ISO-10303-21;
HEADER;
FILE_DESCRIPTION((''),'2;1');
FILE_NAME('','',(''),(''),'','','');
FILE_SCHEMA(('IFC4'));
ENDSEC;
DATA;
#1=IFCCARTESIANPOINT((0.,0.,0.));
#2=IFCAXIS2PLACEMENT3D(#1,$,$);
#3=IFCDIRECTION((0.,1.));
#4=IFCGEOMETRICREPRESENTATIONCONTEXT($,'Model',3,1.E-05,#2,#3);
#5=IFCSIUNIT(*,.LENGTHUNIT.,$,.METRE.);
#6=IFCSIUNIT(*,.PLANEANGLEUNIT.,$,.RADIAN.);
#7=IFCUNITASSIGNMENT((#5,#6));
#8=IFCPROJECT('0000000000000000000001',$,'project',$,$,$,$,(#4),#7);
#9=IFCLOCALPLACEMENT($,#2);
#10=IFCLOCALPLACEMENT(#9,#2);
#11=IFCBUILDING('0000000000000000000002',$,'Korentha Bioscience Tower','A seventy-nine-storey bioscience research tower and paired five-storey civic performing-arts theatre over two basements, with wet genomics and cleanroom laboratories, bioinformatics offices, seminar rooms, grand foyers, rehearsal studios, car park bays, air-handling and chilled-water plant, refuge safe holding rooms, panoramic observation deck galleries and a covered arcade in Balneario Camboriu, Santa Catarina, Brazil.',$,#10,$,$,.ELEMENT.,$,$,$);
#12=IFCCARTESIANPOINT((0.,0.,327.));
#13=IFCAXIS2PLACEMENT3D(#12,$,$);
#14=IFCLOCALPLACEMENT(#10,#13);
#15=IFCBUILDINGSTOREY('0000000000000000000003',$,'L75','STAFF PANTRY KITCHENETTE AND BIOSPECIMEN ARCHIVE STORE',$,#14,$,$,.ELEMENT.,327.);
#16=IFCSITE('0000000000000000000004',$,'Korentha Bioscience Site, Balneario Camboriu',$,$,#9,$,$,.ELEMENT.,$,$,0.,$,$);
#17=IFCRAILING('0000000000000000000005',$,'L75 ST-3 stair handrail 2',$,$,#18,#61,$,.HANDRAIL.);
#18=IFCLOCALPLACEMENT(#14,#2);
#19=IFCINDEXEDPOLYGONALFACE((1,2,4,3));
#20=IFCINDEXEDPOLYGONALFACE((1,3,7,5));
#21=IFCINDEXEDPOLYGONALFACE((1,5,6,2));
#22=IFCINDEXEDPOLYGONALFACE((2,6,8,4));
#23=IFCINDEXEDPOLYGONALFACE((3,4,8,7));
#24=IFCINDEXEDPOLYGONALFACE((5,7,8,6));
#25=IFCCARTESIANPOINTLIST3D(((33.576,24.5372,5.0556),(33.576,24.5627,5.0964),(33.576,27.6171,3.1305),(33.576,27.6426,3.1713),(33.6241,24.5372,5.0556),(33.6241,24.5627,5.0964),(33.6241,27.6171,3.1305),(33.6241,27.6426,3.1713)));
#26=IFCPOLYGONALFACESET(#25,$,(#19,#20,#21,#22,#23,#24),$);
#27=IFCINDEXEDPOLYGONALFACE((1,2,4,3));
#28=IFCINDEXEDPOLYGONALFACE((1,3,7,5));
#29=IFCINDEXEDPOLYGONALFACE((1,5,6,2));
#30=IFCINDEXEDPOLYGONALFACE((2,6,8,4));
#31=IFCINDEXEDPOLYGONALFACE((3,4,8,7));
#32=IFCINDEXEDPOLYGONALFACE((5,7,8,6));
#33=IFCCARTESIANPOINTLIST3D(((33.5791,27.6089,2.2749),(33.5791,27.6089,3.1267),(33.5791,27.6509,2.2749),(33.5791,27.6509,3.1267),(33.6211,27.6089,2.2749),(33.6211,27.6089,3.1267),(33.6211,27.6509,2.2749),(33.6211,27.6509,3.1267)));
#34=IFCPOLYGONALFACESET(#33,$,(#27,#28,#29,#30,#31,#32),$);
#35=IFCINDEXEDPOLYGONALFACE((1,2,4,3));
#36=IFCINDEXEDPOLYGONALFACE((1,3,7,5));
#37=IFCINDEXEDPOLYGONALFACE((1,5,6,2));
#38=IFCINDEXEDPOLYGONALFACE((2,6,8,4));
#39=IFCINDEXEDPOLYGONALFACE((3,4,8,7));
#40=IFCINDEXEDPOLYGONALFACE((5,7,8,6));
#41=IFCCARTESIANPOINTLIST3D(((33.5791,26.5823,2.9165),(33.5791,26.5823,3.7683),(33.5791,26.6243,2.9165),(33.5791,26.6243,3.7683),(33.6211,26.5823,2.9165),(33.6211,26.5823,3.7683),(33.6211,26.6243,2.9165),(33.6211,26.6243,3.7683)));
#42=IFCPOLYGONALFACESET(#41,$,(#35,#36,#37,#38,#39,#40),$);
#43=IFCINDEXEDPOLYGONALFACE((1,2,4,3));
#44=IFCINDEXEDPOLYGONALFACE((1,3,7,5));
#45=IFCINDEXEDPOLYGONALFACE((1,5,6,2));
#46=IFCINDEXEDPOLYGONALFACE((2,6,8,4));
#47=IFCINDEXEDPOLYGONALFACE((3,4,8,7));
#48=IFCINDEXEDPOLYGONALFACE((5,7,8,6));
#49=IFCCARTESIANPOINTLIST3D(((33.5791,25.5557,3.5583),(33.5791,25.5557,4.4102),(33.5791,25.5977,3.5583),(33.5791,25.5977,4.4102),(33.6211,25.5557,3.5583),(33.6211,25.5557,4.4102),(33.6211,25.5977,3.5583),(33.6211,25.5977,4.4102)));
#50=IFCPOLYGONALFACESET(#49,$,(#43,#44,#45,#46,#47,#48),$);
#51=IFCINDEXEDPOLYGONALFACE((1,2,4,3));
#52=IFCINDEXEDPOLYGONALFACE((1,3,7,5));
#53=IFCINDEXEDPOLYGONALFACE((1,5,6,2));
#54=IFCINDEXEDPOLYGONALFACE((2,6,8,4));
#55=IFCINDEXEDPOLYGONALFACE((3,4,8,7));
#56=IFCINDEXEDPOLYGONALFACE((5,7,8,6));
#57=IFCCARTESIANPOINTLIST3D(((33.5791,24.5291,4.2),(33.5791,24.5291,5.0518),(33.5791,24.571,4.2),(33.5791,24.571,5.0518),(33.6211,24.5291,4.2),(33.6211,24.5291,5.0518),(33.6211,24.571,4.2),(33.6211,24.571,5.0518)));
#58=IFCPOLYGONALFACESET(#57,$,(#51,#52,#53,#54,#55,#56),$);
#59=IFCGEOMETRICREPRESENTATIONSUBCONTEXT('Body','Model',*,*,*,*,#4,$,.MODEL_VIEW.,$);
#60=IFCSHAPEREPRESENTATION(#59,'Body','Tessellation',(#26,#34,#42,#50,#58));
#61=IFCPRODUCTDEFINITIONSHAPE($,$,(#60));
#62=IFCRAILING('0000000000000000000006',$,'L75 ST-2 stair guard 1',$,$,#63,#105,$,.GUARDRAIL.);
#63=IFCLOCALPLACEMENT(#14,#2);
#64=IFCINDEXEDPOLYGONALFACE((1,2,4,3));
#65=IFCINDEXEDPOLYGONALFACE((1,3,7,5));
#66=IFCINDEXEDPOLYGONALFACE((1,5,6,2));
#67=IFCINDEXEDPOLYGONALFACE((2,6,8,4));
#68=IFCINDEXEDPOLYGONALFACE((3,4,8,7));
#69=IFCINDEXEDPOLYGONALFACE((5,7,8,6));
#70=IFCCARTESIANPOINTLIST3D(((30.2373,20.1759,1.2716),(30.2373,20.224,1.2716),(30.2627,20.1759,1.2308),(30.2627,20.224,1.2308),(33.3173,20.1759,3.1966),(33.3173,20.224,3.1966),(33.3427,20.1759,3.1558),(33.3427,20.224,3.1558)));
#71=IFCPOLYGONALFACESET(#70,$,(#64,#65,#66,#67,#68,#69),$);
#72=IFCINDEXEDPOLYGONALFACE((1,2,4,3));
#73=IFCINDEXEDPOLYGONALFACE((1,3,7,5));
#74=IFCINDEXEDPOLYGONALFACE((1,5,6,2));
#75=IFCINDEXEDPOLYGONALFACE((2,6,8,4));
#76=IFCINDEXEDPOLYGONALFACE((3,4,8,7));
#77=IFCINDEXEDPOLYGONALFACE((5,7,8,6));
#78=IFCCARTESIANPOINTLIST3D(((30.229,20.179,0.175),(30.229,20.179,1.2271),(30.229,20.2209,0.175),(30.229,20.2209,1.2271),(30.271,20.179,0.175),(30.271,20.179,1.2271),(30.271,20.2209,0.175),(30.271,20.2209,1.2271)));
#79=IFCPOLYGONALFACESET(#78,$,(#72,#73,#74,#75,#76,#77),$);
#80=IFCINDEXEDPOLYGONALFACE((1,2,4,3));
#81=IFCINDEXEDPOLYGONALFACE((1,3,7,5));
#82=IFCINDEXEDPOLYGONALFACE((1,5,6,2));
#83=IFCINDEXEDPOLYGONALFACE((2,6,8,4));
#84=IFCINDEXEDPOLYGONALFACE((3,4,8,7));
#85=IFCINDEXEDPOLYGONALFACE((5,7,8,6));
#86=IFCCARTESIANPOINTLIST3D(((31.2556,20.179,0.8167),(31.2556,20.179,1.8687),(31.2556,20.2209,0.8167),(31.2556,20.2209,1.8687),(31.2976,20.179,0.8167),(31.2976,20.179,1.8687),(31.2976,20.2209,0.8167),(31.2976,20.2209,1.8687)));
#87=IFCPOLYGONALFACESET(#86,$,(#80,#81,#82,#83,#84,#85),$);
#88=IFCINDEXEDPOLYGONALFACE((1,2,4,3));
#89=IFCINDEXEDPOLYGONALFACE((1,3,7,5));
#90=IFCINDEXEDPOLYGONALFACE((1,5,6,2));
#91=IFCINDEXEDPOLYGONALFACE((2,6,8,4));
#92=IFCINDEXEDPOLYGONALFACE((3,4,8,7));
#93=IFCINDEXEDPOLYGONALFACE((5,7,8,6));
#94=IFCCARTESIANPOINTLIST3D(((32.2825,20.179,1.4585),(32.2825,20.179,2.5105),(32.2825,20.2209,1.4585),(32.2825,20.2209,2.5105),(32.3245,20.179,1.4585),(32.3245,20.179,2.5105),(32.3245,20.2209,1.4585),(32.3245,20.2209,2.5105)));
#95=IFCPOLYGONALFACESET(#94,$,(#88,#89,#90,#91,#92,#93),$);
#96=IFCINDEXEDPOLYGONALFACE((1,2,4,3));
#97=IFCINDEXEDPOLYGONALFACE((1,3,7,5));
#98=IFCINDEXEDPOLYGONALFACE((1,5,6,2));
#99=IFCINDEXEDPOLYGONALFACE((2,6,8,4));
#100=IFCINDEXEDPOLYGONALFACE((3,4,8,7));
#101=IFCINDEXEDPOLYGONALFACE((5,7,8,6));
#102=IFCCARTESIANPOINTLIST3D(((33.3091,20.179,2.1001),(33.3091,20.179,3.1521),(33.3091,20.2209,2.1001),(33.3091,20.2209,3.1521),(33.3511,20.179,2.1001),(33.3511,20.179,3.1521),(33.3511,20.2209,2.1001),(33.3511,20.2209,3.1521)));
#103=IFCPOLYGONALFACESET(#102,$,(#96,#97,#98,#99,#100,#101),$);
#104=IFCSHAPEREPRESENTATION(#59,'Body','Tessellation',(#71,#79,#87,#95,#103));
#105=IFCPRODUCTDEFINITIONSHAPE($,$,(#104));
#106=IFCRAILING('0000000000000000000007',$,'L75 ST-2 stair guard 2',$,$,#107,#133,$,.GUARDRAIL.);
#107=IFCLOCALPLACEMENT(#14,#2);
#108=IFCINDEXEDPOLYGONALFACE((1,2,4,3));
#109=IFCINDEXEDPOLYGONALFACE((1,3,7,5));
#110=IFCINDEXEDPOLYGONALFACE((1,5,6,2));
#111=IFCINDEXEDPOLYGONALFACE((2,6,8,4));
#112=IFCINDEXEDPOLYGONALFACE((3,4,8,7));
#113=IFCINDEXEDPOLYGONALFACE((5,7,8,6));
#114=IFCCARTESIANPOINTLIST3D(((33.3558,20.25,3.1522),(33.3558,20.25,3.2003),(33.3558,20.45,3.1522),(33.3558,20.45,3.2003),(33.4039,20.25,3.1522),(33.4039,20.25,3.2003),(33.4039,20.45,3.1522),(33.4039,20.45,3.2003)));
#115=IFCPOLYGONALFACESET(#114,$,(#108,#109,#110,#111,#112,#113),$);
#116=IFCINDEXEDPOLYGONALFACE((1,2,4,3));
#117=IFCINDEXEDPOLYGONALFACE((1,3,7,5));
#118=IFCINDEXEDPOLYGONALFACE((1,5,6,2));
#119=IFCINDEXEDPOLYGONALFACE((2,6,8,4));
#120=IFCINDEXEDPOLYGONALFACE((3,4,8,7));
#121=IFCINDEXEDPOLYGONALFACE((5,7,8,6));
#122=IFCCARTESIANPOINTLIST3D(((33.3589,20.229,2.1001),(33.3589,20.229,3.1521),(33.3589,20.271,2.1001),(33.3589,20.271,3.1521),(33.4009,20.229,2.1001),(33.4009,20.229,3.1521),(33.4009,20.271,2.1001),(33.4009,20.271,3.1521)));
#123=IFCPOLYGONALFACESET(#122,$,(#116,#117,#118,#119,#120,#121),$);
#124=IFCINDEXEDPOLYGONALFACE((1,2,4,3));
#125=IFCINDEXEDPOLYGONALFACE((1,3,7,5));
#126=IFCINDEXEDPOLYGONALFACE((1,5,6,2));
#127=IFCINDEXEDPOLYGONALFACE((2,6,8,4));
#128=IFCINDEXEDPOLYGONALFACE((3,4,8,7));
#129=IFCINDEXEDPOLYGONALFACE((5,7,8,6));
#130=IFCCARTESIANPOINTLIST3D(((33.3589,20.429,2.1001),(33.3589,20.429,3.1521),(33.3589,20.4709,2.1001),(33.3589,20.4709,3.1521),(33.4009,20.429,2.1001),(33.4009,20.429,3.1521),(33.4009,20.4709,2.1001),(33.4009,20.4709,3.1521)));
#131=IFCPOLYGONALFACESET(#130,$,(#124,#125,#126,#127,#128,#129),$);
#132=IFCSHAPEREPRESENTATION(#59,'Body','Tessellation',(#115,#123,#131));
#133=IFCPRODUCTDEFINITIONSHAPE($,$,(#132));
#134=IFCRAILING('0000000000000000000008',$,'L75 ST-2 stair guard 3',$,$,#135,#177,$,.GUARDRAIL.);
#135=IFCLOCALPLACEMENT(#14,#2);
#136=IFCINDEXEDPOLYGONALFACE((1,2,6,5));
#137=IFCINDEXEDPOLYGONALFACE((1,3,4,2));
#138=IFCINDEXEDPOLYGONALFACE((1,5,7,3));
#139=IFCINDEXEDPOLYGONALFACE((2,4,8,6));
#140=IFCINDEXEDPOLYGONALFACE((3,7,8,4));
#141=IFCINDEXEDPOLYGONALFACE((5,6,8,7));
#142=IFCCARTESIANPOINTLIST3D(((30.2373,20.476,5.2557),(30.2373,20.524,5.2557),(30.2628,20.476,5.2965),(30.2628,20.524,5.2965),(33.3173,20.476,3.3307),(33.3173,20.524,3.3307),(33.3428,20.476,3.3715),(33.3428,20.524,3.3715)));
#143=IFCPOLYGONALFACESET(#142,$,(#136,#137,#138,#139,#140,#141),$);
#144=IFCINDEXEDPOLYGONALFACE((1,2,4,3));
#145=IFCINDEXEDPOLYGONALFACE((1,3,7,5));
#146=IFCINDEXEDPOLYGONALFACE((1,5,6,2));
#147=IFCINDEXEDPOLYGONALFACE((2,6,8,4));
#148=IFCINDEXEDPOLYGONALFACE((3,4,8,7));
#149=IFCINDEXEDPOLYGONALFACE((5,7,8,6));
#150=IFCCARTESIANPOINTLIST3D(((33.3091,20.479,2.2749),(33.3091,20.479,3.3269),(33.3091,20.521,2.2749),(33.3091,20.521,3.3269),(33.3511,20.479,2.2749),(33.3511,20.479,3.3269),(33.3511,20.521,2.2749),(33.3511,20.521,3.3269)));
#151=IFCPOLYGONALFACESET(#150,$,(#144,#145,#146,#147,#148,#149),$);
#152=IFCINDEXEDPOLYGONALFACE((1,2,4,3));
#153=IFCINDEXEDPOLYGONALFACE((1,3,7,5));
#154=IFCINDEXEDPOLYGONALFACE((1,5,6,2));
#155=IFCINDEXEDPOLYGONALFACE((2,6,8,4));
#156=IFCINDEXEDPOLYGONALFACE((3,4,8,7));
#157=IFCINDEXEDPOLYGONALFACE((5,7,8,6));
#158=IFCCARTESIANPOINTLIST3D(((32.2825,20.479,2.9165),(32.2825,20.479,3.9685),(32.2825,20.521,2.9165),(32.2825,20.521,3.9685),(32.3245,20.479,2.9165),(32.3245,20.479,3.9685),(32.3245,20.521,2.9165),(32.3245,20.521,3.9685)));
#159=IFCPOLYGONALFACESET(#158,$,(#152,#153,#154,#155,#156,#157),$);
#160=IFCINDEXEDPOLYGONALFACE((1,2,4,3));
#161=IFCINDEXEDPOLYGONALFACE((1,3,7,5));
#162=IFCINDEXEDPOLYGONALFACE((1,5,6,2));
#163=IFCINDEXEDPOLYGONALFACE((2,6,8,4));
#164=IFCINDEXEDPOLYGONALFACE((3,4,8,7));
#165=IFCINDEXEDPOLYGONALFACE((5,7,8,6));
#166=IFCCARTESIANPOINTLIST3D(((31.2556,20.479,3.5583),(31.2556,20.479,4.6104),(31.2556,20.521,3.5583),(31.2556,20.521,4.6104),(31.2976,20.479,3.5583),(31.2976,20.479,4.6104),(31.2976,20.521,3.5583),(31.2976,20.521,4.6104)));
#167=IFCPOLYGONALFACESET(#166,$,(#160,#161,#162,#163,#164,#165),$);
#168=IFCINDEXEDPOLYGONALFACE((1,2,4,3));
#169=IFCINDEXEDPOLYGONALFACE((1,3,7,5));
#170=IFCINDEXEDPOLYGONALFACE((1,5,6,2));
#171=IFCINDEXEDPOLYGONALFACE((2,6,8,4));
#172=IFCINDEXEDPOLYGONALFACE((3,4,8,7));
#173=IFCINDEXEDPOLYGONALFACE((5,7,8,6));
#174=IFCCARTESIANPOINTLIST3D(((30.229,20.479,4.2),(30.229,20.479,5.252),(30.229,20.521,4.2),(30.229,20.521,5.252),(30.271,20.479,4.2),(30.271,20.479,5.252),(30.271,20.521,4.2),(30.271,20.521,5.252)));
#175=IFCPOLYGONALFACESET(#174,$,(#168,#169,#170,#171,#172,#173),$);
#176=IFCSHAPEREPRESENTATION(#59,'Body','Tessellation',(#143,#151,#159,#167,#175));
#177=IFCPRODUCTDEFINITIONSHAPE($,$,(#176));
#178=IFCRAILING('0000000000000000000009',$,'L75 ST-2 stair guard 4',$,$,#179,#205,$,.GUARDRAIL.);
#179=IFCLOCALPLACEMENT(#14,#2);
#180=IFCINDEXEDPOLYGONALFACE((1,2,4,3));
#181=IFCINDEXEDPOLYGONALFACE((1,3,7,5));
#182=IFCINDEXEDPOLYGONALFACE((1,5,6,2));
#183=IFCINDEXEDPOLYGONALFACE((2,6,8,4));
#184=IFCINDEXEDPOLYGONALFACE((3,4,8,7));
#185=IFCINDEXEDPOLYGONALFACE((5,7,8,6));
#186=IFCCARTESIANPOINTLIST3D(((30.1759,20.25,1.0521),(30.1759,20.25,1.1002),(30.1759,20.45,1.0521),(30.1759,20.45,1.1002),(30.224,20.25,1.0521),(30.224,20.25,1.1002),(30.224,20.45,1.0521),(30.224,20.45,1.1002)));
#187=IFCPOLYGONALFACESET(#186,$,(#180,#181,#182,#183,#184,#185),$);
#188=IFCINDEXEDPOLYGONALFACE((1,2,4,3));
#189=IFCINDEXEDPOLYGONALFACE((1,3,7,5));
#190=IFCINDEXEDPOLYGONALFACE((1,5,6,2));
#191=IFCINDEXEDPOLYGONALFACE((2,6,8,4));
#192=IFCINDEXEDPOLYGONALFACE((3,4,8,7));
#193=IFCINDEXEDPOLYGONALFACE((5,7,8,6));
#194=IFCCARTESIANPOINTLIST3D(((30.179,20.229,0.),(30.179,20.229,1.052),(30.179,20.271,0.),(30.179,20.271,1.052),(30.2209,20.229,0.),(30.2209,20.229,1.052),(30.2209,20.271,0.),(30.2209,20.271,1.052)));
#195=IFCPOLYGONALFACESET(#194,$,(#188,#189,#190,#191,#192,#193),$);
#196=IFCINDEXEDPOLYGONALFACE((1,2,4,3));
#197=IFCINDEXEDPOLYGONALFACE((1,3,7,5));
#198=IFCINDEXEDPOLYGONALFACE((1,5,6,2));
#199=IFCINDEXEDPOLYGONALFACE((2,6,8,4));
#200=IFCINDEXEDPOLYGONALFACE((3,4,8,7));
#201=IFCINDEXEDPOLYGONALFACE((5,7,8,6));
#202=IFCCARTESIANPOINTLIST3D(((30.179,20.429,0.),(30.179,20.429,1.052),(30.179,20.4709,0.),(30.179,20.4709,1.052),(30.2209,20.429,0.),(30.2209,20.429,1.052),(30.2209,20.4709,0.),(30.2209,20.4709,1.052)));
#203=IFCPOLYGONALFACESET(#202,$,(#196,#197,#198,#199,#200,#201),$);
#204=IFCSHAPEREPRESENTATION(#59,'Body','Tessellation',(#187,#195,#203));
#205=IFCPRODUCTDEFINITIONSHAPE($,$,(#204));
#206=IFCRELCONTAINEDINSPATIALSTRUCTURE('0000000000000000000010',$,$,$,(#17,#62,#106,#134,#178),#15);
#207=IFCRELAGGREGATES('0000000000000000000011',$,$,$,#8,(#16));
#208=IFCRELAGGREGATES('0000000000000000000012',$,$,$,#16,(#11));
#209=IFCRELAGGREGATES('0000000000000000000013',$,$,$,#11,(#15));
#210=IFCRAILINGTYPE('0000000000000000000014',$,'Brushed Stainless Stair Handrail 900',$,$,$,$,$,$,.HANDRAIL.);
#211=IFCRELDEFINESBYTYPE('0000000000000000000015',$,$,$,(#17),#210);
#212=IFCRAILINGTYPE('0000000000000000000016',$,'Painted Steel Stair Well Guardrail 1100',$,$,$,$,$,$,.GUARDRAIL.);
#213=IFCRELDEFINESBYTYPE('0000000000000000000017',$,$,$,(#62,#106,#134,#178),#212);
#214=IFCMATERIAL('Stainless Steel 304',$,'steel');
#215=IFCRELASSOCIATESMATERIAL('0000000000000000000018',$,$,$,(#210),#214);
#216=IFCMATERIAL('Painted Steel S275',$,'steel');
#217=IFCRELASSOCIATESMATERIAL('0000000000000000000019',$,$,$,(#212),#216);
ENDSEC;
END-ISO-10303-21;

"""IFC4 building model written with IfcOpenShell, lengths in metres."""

from ifc_helpers import new_model, si_unit, direction, frame, origin, origin_2d, place, context, subcontext, project, spatial, rectangle, extrude, material, type_object, element, save


model = new_model("IFC4")

# Units and contexts
model_context = context("Model", 3, precision=1e-05, world=origin(), true_north=direction((0.0, 1.0)))
body_context = subcontext(model_context, "Body", "Model", "MODEL_VIEW")
ifc_project = project(units=[si_unit("LENGTHUNIT", "METRE"), si_unit("PLANEANGLEUNIT", "RADIAN")], contexts=[model_context])

# Site, building, storey
site_placement = place(None, origin())
site = spatial("IfcSite", under=ifc_project, at=site_placement, Name="Korentha Bioscience Site, Balneario Camboriu", CompositionType="ELEMENT", RefElevation=0.0)
building_placement = place(site_placement, origin())
building = spatial("IfcBuilding", under=site, at=building_placement, Name="Korentha Bioscience Tower", Description="A seventy-nine-storey bioscience research tower and paired five-storey civic performing-arts theatre over two basements, with wet genomics and cleanroom laboratories, bioinformatics offices, seminar rooms, grand foyers, rehearsal studios, car park bays, air-handling and chilled-water plant, refuge safe holding rooms, panoramic observation deck galleries and a covered arcade in Balneario Camboriu, Santa Catarina, Brazil.", CompositionType="ELEMENT")
storey_placement = place(building_placement, frame((0.0, 0.0, 327.0)))
storey = spatial("IfcBuildingStorey", under=building, at=storey_placement, Name="L75", Description="STAFF PANTRY KITCHENETTE AND BIOSPECIMEN ARCHIVE STORE", CompositionType="ELEMENT", Elevation=327.0)

# Railings
ifc_material_1 = material(Name="Stainless Steel 304", Category="steel")
railing_type_1 = type_object("IfcRailingType", Name="Brushed Stainless Stair Handrail 900", PredefinedType="HANDRAIL", material=ifc_material_1)
railing_1_placement = place(storey_placement, frame((33.6001, 27.6299, 2.2749)))
element("IfcRailing", 1, at=railing_1_placement, inside=storey, type_object=railing_type_1, Name="L75 ST-3 stair handrail 2", PredefinedType="HANDRAIL", context=body_context, shape_type="SweptSolid", body=[
    extrude(rectangle(XDim=0.0481, YDim=0.0481, at=origin_2d()), frame((0.0, 0.0, 0.876), z_axis=(0.0, -0.847979, 0.530029), x_axis=(1.0, 0.0, 0.0)), (0.0, 0.0, 1.0), 3.6321),
    extrude(rectangle(XDim=0.042, YDim=0.042, at=origin_2d()), origin(), (0.0, 0.0, 1.0), 0.8518),
    extrude(rectangle(XDim=0.042, YDim=0.042, at=origin_2d()), frame((0.0, -1.0266, 0.6416)), (0.0, 0.0, 1.0), 0.8518),
    extrude(rectangle(XDim=0.042, YDim=0.042, at=origin_2d()), frame((0.0, -2.0532, 1.2834)), (0.0, 0.0, 1.0), 0.8518),
    extrude(rectangle(XDim=0.042, YDim=0.042, at=origin_2d()), frame((0.0, -3.0798, 1.925)), (0.0, 0.0, 1.0), 0.8518),
])
ifc_material_2 = material(Name="Painted Steel S275", Category="steel")
railing_type_2 = type_object("IfcRailingType", Name="Painted Steel Stair Well Guardrail 1100", PredefinedType="GUARDRAIL", material=ifc_material_2)
railing_2_placement = place(storey_placement, frame((30.25, 20.2, 0.175)))
element("IfcRailing", 2, at=railing_2_placement, inside=storey, type_object=railing_type_2, Name="L75 ST-2 stair guard 1", PredefinedType="GUARDRAIL", context=body_context, shape_type="SweptSolid", body=[
    extrude(rectangle(XDim=0.0481, YDim=0.0481, at=origin_2d()), frame((0.0, 0.0, 1.0762), z_axis=(0.847998, 0.0, 0.529999), x_axis=(0.0, 1.0, 0.0)), (0.0, 0.0, 1.0), 3.6321),
    extrude(rectangle(XDim=0.042, YDim=0.042, at=origin_2d()), origin(), (0.0, 0.0, 1.0), 1.052),
    extrude(rectangle(XDim=0.042, YDim=0.042, at=origin_2d()), frame((1.0266, 0.0, 0.6416)), (0.0, 0.0, 1.0), 1.052),
    extrude(rectangle(XDim=0.042, YDim=0.042, at=origin_2d()), frame((2.0535, 0.0, 1.2834)), (0.0, 0.0, 1.0), 1.052),
    extrude(rectangle(XDim=0.042, YDim=0.042, at=origin_2d()), frame((3.0801, 0.0, 1.925)), (0.0, 0.0, 1.0), 1.052),
])
railing_3_placement = place(storey_placement, frame((33.3799, 20.25, 2.1001)))
element("IfcRailing", 3, at=railing_3_placement, inside=storey, type_object=railing_type_2, Name="L75 ST-2 stair guard 2", PredefinedType="GUARDRAIL", context=body_context, shape_type="SweptSolid", body=[
    extrude(rectangle(XDim=0.0481, YDim=0.0481, at=origin_2d()), frame((0.0, 0.0, 1.0762), z_axis=(0.0, 1.0, 0.0), x_axis=(-1.0, 0.0, 0.0)), (0.0, 0.0, 1.0), 0.2),
    extrude(rectangle(XDim=0.042, YDim=0.042, at=origin_2d()), origin(), (0.0, 0.0, 1.0), 1.052),
    extrude(rectangle(XDim=0.042, YDim=0.042, at=origin_2d()), frame((0.0, 0.2, 0.0)), (0.0, 0.0, 1.0), 1.052),
])
railing_4_placement = place(storey_placement, frame((33.3301, 20.5, 2.2749)))
element("IfcRailing", 4, at=railing_4_placement, inside=storey, type_object=railing_type_2, Name="L75 ST-2 stair guard 3", PredefinedType="GUARDRAIL", context=body_context, shape_type="SweptSolid", body=[
    extrude(rectangle(XDim=0.0481, YDim=0.0481, at=origin_2d()), frame((0.0, 0.0, 1.0762), z_axis=(-0.847998, 0.0, 0.529999), x_axis=(0.0, -1.0, 0.0)), (0.0, 0.0, 1.0), 3.6321),
    extrude(rectangle(XDim=0.042, YDim=0.042, at=origin_2d()), origin(), (0.0, 0.0, 1.0), 1.052),
    extrude(rectangle(XDim=0.042, YDim=0.042, at=origin_2d()), frame((-1.0266, 0.0, 0.6416)), (0.0, 0.0, 1.0), 1.052),
    extrude(rectangle(XDim=0.042, YDim=0.042, at=origin_2d()), frame((-2.0535, 0.0, 1.2834)), (0.0, 0.0, 1.0), 1.052),
    extrude(rectangle(XDim=0.042, YDim=0.042, at=origin_2d()), frame((-3.0801, 0.0, 1.925)), (0.0, 0.0, 1.0), 1.052),
])
railing_5_placement = place(storey_placement, frame((30.2, 20.25, 0.0)))
element("IfcRailing", 5, at=railing_5_placement, inside=storey, type_object=railing_type_2, Name="L75 ST-2 stair guard 4", PredefinedType="GUARDRAIL", context=body_context, shape_type="SweptSolid", body=[
    extrude(rectangle(XDim=0.0481, YDim=0.0481, at=origin_2d()), frame((0.0, 0.0, 1.0762), z_axis=(0.0, 1.0, 0.0), x_axis=(-1.0, 0.0, 0.0)), (0.0, 0.0, 1.0), 0.2),
    extrude(rectangle(XDim=0.042, YDim=0.042, at=origin_2d()), origin(), (0.0, 0.0, 1.0), 1.052),
    extrude(rectangle(XDim=0.042, YDim=0.042, at=origin_2d()), frame((0.0, 0.2, 0.0)), (0.0, 0.0, 1.0), 1.052),
])

save(model, "model.ifc")
